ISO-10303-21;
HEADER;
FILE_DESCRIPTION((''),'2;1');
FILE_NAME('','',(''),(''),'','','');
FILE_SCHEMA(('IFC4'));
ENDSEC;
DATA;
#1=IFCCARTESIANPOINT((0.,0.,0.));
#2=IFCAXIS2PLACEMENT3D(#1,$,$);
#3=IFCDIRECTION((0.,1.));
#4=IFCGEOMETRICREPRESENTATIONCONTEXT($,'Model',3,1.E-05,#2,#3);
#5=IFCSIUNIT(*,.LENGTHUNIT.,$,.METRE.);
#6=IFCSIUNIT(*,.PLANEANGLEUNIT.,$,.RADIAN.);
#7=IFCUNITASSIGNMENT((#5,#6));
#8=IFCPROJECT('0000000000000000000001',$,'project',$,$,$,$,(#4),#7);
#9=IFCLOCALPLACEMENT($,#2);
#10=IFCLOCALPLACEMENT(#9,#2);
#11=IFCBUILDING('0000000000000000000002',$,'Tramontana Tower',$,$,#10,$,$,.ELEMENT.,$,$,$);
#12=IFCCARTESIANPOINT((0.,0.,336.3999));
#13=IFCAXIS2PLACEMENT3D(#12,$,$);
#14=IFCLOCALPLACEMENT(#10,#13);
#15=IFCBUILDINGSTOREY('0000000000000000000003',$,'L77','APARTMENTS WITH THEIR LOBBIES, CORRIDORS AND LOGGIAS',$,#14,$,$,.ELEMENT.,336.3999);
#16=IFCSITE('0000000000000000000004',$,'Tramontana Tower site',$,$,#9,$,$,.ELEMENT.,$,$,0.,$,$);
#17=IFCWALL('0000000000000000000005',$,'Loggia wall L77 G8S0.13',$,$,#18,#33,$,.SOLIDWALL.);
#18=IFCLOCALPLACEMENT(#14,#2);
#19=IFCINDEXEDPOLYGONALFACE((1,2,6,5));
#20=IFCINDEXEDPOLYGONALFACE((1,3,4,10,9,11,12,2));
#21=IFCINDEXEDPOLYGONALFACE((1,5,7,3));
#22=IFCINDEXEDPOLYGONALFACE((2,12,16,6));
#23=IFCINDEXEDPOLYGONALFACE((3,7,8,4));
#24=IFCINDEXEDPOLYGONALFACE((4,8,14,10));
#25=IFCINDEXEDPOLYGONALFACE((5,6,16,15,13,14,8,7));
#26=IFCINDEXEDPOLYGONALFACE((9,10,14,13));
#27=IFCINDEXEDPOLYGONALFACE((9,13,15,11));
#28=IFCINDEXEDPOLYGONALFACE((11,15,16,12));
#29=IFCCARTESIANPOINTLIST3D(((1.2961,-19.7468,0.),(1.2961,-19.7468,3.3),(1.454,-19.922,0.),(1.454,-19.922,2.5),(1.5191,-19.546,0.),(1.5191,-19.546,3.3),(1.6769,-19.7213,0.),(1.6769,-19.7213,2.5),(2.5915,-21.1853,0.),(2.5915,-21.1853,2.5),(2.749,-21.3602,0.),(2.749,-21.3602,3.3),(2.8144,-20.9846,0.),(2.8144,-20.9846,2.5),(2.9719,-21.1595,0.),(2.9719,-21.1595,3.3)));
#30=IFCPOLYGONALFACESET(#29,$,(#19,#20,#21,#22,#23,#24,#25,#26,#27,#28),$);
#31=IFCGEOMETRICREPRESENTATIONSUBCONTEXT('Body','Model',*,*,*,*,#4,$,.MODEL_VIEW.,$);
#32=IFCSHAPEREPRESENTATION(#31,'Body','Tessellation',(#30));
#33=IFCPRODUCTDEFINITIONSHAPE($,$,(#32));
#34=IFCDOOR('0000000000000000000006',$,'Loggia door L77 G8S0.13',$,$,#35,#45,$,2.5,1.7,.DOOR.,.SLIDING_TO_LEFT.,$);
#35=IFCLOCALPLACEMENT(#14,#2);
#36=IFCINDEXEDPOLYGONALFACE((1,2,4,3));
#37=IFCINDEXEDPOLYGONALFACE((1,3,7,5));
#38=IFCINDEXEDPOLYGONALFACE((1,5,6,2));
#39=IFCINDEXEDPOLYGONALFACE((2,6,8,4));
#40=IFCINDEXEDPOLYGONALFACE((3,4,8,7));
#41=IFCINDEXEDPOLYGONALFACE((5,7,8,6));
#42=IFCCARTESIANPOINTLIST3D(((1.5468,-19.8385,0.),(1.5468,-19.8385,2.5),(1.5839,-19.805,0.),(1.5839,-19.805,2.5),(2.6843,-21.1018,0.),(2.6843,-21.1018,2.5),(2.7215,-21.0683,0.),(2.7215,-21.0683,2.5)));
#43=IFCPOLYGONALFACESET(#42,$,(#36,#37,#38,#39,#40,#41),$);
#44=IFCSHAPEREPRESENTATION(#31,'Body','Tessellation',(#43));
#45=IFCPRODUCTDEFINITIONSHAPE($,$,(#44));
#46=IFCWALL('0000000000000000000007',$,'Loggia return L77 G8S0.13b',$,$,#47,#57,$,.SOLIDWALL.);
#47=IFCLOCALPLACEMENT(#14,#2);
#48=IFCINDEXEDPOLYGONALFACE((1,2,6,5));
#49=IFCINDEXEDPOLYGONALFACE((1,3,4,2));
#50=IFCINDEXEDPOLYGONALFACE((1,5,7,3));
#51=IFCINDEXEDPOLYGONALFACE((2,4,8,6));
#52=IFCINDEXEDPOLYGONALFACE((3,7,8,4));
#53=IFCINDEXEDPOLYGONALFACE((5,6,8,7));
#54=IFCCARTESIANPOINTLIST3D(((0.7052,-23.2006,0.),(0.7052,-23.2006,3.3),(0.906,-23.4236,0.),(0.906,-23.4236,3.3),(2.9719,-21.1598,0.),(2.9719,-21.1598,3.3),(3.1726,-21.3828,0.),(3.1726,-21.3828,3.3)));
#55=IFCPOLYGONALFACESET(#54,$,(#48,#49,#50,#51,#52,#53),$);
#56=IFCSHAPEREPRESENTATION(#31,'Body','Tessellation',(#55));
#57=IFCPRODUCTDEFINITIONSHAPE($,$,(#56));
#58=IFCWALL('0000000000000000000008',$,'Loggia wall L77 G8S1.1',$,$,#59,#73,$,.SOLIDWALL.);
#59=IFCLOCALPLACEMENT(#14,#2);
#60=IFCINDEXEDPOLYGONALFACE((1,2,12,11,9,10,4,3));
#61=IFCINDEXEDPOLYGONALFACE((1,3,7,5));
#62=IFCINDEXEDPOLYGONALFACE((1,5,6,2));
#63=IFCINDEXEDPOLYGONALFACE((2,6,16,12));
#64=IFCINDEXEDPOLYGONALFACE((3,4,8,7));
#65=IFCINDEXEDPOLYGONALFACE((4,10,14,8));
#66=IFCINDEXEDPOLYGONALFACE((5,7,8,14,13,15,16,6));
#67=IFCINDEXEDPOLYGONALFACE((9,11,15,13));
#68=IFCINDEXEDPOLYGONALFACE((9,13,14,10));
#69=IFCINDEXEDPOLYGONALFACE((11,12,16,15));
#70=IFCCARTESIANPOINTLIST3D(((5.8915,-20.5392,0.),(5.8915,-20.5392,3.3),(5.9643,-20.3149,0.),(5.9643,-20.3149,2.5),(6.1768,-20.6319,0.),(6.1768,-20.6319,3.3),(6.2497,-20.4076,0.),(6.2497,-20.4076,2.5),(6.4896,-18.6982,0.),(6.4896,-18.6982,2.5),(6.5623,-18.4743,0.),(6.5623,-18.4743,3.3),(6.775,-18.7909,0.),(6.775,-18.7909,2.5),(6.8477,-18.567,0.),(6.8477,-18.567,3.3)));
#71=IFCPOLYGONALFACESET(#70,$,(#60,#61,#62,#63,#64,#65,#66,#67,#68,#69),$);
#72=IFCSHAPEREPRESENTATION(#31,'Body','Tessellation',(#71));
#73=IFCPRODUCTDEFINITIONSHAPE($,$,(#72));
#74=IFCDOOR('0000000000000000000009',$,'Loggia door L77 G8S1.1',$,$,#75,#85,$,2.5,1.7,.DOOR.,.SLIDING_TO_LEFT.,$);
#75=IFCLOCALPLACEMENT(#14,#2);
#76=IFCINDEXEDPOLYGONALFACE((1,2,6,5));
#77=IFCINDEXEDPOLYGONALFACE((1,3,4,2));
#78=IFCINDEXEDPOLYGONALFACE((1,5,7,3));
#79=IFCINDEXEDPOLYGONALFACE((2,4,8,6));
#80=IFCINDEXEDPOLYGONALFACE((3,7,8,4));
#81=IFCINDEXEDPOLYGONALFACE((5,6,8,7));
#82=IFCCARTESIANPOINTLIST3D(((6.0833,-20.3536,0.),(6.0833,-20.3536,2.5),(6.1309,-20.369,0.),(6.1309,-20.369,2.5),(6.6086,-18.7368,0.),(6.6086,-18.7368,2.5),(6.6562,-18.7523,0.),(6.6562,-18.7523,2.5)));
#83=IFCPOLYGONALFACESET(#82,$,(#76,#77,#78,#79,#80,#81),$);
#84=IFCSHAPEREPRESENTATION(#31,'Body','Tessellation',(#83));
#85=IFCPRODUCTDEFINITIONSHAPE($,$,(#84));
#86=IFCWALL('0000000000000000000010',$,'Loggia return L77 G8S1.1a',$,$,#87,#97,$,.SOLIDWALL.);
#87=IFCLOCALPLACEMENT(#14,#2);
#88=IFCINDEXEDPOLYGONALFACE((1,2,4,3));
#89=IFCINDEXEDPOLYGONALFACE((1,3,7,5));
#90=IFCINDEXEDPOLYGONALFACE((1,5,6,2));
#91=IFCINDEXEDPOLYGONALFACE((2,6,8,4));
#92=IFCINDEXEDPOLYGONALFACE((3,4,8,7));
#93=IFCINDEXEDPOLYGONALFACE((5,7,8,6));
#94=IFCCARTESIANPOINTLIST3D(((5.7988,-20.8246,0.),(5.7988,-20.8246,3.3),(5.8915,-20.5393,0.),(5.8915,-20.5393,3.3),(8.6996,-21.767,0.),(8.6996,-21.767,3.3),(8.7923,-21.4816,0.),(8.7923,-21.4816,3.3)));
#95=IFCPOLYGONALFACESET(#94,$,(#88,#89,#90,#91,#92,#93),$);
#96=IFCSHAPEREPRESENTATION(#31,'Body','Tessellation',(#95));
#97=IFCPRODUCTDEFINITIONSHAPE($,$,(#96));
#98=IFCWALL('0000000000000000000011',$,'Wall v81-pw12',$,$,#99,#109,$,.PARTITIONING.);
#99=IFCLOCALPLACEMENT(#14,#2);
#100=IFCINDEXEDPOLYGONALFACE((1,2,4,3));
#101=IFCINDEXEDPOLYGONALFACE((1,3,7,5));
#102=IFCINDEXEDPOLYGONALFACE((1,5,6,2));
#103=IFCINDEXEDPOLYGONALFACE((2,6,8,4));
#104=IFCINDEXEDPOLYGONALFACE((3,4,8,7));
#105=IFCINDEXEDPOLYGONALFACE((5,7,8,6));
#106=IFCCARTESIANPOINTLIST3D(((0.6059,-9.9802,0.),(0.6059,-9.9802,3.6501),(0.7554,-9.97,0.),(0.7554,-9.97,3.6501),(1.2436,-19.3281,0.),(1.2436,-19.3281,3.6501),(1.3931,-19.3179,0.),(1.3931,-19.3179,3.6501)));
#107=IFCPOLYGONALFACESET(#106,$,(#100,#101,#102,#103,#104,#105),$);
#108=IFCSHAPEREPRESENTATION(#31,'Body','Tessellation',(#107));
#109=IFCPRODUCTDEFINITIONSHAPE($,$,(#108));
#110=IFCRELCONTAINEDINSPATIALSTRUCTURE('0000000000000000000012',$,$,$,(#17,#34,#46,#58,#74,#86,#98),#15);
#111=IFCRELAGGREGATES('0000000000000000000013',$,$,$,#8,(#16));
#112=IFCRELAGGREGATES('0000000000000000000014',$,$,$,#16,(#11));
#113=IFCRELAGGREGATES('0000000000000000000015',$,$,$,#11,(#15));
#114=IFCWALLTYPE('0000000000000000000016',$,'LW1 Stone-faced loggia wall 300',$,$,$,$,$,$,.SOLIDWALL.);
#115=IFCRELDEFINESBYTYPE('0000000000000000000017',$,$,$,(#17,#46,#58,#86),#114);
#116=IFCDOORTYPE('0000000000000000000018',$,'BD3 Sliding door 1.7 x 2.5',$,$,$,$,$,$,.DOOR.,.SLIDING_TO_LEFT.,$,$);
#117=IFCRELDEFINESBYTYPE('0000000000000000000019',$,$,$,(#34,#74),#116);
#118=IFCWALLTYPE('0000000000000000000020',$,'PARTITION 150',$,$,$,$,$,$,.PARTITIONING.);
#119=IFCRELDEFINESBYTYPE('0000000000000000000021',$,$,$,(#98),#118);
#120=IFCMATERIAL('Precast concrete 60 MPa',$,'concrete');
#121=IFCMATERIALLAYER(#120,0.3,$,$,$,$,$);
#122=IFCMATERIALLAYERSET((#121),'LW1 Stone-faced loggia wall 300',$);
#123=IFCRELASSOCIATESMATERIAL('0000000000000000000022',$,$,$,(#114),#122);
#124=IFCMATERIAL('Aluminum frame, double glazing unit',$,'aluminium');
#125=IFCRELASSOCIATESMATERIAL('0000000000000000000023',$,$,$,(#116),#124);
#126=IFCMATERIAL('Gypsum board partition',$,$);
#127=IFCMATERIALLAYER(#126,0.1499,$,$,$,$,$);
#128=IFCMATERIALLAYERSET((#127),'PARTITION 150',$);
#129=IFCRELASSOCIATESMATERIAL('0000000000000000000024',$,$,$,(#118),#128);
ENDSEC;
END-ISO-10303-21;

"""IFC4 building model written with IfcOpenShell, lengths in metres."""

from ifc_helpers import new_model, si_unit, direction, frame, frame_2d, origin, place, context, subcontext, project, spatial, rectangle, extrude, material, layer, layer_set, type_object, element, fill, save


model = new_model("IFC4")

# Units and contexts
model_context = context("Model", 3, precision=1e-05, world=origin(), true_north=direction((0.0, 1.0)))
body_context = subcontext(model_context, "Body", "Model", "MODEL_VIEW")
ifc_project = project(units=[si_unit("LENGTHUNIT", "METRE"), si_unit("PLANEANGLEUNIT", "RADIAN")], contexts=[model_context])

# Site, building, storey
site_placement = place(None, origin())
site = spatial("IfcSite", under=ifc_project, at=site_placement, Name="Tramontana Tower site", CompositionType="ELEMENT", RefElevation=0.0)
building_placement = place(site_placement, origin())
building = spatial("IfcBuilding", under=site, at=building_placement, Name="Tramontana Tower", CompositionType="ELEMENT")
storey_placement = place(building_placement, frame((0.0, 0.0, 336.3999)))
storey = spatial("IfcBuildingStorey", under=building, at=storey_placement, Name="L77", Description="APARTMENTS WITH THEIR LOBBIES, CORRIDORS AND LOGGIAS", CompositionType="ELEMENT", Elevation=336.3999)

# Wall, opening, door
ifc_material_1 = material(Name="Precast concrete 60 MPa", Category="concrete")
ifc_layer_1 = layer(ifc_material_1, 0.3)
ifc_layer_set_1 = layer_set([ifc_layer_1], Name="LW1 Stone-faced loggia wall 300")
wall_type_1 = type_object("IfcWallType", Name="LW1 Stone-faced loggia wall 300", PredefinedType="SOLIDWALL", material=ifc_layer_set_1)
wall_1_placement = place(storey_placement, frame((1.4077, -19.6465, 0.0), z_axis=(0.0, 0.0, 1.0), x_axis=(0.669145, -0.743132, 0.0)))
wall_1 = element("IfcWall", 1, at=wall_1_placement, inside=storey, type_object=wall_type_1, Name="Loggia wall L77 G8S0.13", PredefinedType="SOLIDWALL", context=body_context, shape_type="SweptSolid", body=[
    extrude(rectangle(XDim=2.1711, YDim=0.3, at=frame_2d((1.0854, 0.0))), origin(), (0.0, 0.0, 1.0), 3.3),
])
opening_1_placement = place(wall_1_placement, frame((0.2356, 0.0, 0.0)))
opening_1 = element("IfcOpeningElement", 2, at=opening_1_placement, cuts=wall_1, PredefinedType="OPENING", context=body_context, shape_type="SweptSolid", body=[
    extrude(rectangle(XDim=1.7, YDim=2.5, at=frame_2d((0.8501, 1.25))), frame((0.0, 0.1599, 0.0), z_axis=(0.0, -1.0, 0.0), x_axis=(1.0, 0.0, 0.0)), (0.0, 0.0, 1.0), 0.3201),
])
ifc_material_2 = material(Name="Aluminum frame, double glazing unit", Category="aluminium")
door_type_1 = type_object("IfcDoorType", Name="BD3 Sliding door 1.7 x 2.5", OperationType="SLIDING_TO_LEFT", PredefinedType="DOOR", material=ifc_material_2)
door_1_placement = place(opening_1_placement, origin())
door_1 = element("IfcDoor", 3, at=door_1_placement, inside=storey, type_object=door_type_1, Name="Loggia door L77 G8S0.13", OperationType="SLIDING_TO_LEFT", OverallHeight=2.5, OverallWidth=1.7, PredefinedType="DOOR", context=body_context, shape_type="SweptSolid", body=[
    extrude(rectangle(XDim=1.7, YDim=2.5, at=frame_2d((0.8501, 1.25))), frame((0.0, 0.0249, 0.0), z_axis=(0.0, -1.0, 0.0), x_axis=(1.0, 0.0, 0.0)), (0.0, 0.0, 1.0), 0.05),
])
fill(opening_1, door_1)

# Wall
wall_2_placement = place(storey_placement, frame((0.8057, -23.312, 0.0), z_axis=(0.0, 0.0, 1.0), x_axis=(0.743159, 0.669115, 0.0)))
element("IfcWall", 4, at=wall_2_placement, inside=storey, type_object=wall_type_1, Name="Loggia return L77 G8S0.13b", PredefinedType="SOLIDWALL", context=body_context, shape_type="SweptSolid", body=[
    extrude(rectangle(XDim=3.05, YDim=0.3, at=frame_2d((1.5249, 0.0))), origin(), (0.0, 0.0, 1.0), 3.3),
])

# Wall, opening, door
wall_3_placement = place(storey_placement, frame((6.0342, -20.5854, 0.0), z_axis=(0.0, 0.0, 1.0), x_axis=(0.309, 0.951062, 0.0)))
wall_3 = element("IfcWall", 5, at=wall_3_placement, inside=storey, type_object=wall_type_1, Name="Loggia wall L77 G8S1.1", PredefinedType="SOLIDWALL", context=body_context, shape_type="SweptSolid", body=[
    extrude(rectangle(XDim=2.1711, YDim=0.3, at=frame_2d((1.0854, 0.0))), origin(), (0.0, 0.0, 1.0), 3.3),
])
opening_2_placement = place(wall_3_placement, frame((0.2356, 0.0, 0.0)))
opening_2 = element("IfcOpeningElement", 6, at=opening_2_placement, cuts=wall_3, PredefinedType="OPENING", context=body_context, shape_type="SweptSolid", body=[
    extrude(rectangle(XDim=1.7, YDim=2.5, at=frame_2d((0.8501, 1.25))), frame((0.0, 0.1599, 0.0), z_axis=(0.0, -1.0, 0.0), x_axis=(1.0, 0.0, 0.0)), (0.0, 0.0, 1.0), 0.3201),
])
door_2_placement = place(opening_2_placement, origin())
door_2 = element("IfcDoor", 7, at=door_2_placement, inside=storey, type_object=door_type_1, Name="Loggia door L77 G8S1.1", OperationType="SLIDING_TO_LEFT", OverallHeight=2.5, OverallWidth=1.7, PredefinedType="DOOR", context=body_context, shape_type="SweptSolid", body=[
    extrude(rectangle(XDim=1.7, YDim=2.5, at=frame_2d((0.8501, 1.25))), frame((0.0, 0.0249, 0.0), z_axis=(0.0, -1.0, 0.0), x_axis=(1.0, 0.0, 0.0)), (0.0, 0.0, 1.0), 0.05),
])
fill(opening_2, door_2)

# Walls
wall_4_placement = place(storey_placement, frame((8.7458, -21.6243, 0.0), z_axis=(0.0, 0.0, 1.0), x_axis=(-0.951073, 0.308967, 0.0)))
element("IfcWall", 8, at=wall_4_placement, inside=storey, type_object=wall_type_1, Name="Loggia return L77 G8S1.1a", PredefinedType="SOLIDWALL", context=body_context, shape_type="SweptSolid", body=[
    extrude(rectangle(XDim=3.05, YDim=0.3, at=frame_2d((1.5249, 0.0))), origin(), (0.0, 0.0, 1.0), 3.3),
])
ifc_material_3 = material(Name="Gypsum board partition")
ifc_layer_2 = layer(ifc_material_3, 0.1499)
ifc_layer_set_2 = layer_set([ifc_layer_2], Name="PARTITION 150")
wall_type_2 = type_object("IfcWallType", Name="PARTITION 150", PredefinedType="PARTITIONING", material=ifc_layer_set_2)
wall_5_placement = place(storey_placement, frame((1.3184, -19.323, 0.0), z_axis=(0.0, 0.0, 1.0), x_axis=(-0.06806, 0.997681, 0.0)))
element("IfcWall", 9, at=wall_5_placement, inside=storey, type_object=wall_type_2, Name="Wall v81-pw12", PredefinedType="PARTITIONING", context=body_context, shape_type="SweptSolid", body=[
    extrude(rectangle(XDim=9.3696, YDim=0.1499, at=frame_2d((4.6848, 0.0))), origin(), (0.0, 0.0, 1.0), 3.6501),
])

save(model, "model.ifc")
